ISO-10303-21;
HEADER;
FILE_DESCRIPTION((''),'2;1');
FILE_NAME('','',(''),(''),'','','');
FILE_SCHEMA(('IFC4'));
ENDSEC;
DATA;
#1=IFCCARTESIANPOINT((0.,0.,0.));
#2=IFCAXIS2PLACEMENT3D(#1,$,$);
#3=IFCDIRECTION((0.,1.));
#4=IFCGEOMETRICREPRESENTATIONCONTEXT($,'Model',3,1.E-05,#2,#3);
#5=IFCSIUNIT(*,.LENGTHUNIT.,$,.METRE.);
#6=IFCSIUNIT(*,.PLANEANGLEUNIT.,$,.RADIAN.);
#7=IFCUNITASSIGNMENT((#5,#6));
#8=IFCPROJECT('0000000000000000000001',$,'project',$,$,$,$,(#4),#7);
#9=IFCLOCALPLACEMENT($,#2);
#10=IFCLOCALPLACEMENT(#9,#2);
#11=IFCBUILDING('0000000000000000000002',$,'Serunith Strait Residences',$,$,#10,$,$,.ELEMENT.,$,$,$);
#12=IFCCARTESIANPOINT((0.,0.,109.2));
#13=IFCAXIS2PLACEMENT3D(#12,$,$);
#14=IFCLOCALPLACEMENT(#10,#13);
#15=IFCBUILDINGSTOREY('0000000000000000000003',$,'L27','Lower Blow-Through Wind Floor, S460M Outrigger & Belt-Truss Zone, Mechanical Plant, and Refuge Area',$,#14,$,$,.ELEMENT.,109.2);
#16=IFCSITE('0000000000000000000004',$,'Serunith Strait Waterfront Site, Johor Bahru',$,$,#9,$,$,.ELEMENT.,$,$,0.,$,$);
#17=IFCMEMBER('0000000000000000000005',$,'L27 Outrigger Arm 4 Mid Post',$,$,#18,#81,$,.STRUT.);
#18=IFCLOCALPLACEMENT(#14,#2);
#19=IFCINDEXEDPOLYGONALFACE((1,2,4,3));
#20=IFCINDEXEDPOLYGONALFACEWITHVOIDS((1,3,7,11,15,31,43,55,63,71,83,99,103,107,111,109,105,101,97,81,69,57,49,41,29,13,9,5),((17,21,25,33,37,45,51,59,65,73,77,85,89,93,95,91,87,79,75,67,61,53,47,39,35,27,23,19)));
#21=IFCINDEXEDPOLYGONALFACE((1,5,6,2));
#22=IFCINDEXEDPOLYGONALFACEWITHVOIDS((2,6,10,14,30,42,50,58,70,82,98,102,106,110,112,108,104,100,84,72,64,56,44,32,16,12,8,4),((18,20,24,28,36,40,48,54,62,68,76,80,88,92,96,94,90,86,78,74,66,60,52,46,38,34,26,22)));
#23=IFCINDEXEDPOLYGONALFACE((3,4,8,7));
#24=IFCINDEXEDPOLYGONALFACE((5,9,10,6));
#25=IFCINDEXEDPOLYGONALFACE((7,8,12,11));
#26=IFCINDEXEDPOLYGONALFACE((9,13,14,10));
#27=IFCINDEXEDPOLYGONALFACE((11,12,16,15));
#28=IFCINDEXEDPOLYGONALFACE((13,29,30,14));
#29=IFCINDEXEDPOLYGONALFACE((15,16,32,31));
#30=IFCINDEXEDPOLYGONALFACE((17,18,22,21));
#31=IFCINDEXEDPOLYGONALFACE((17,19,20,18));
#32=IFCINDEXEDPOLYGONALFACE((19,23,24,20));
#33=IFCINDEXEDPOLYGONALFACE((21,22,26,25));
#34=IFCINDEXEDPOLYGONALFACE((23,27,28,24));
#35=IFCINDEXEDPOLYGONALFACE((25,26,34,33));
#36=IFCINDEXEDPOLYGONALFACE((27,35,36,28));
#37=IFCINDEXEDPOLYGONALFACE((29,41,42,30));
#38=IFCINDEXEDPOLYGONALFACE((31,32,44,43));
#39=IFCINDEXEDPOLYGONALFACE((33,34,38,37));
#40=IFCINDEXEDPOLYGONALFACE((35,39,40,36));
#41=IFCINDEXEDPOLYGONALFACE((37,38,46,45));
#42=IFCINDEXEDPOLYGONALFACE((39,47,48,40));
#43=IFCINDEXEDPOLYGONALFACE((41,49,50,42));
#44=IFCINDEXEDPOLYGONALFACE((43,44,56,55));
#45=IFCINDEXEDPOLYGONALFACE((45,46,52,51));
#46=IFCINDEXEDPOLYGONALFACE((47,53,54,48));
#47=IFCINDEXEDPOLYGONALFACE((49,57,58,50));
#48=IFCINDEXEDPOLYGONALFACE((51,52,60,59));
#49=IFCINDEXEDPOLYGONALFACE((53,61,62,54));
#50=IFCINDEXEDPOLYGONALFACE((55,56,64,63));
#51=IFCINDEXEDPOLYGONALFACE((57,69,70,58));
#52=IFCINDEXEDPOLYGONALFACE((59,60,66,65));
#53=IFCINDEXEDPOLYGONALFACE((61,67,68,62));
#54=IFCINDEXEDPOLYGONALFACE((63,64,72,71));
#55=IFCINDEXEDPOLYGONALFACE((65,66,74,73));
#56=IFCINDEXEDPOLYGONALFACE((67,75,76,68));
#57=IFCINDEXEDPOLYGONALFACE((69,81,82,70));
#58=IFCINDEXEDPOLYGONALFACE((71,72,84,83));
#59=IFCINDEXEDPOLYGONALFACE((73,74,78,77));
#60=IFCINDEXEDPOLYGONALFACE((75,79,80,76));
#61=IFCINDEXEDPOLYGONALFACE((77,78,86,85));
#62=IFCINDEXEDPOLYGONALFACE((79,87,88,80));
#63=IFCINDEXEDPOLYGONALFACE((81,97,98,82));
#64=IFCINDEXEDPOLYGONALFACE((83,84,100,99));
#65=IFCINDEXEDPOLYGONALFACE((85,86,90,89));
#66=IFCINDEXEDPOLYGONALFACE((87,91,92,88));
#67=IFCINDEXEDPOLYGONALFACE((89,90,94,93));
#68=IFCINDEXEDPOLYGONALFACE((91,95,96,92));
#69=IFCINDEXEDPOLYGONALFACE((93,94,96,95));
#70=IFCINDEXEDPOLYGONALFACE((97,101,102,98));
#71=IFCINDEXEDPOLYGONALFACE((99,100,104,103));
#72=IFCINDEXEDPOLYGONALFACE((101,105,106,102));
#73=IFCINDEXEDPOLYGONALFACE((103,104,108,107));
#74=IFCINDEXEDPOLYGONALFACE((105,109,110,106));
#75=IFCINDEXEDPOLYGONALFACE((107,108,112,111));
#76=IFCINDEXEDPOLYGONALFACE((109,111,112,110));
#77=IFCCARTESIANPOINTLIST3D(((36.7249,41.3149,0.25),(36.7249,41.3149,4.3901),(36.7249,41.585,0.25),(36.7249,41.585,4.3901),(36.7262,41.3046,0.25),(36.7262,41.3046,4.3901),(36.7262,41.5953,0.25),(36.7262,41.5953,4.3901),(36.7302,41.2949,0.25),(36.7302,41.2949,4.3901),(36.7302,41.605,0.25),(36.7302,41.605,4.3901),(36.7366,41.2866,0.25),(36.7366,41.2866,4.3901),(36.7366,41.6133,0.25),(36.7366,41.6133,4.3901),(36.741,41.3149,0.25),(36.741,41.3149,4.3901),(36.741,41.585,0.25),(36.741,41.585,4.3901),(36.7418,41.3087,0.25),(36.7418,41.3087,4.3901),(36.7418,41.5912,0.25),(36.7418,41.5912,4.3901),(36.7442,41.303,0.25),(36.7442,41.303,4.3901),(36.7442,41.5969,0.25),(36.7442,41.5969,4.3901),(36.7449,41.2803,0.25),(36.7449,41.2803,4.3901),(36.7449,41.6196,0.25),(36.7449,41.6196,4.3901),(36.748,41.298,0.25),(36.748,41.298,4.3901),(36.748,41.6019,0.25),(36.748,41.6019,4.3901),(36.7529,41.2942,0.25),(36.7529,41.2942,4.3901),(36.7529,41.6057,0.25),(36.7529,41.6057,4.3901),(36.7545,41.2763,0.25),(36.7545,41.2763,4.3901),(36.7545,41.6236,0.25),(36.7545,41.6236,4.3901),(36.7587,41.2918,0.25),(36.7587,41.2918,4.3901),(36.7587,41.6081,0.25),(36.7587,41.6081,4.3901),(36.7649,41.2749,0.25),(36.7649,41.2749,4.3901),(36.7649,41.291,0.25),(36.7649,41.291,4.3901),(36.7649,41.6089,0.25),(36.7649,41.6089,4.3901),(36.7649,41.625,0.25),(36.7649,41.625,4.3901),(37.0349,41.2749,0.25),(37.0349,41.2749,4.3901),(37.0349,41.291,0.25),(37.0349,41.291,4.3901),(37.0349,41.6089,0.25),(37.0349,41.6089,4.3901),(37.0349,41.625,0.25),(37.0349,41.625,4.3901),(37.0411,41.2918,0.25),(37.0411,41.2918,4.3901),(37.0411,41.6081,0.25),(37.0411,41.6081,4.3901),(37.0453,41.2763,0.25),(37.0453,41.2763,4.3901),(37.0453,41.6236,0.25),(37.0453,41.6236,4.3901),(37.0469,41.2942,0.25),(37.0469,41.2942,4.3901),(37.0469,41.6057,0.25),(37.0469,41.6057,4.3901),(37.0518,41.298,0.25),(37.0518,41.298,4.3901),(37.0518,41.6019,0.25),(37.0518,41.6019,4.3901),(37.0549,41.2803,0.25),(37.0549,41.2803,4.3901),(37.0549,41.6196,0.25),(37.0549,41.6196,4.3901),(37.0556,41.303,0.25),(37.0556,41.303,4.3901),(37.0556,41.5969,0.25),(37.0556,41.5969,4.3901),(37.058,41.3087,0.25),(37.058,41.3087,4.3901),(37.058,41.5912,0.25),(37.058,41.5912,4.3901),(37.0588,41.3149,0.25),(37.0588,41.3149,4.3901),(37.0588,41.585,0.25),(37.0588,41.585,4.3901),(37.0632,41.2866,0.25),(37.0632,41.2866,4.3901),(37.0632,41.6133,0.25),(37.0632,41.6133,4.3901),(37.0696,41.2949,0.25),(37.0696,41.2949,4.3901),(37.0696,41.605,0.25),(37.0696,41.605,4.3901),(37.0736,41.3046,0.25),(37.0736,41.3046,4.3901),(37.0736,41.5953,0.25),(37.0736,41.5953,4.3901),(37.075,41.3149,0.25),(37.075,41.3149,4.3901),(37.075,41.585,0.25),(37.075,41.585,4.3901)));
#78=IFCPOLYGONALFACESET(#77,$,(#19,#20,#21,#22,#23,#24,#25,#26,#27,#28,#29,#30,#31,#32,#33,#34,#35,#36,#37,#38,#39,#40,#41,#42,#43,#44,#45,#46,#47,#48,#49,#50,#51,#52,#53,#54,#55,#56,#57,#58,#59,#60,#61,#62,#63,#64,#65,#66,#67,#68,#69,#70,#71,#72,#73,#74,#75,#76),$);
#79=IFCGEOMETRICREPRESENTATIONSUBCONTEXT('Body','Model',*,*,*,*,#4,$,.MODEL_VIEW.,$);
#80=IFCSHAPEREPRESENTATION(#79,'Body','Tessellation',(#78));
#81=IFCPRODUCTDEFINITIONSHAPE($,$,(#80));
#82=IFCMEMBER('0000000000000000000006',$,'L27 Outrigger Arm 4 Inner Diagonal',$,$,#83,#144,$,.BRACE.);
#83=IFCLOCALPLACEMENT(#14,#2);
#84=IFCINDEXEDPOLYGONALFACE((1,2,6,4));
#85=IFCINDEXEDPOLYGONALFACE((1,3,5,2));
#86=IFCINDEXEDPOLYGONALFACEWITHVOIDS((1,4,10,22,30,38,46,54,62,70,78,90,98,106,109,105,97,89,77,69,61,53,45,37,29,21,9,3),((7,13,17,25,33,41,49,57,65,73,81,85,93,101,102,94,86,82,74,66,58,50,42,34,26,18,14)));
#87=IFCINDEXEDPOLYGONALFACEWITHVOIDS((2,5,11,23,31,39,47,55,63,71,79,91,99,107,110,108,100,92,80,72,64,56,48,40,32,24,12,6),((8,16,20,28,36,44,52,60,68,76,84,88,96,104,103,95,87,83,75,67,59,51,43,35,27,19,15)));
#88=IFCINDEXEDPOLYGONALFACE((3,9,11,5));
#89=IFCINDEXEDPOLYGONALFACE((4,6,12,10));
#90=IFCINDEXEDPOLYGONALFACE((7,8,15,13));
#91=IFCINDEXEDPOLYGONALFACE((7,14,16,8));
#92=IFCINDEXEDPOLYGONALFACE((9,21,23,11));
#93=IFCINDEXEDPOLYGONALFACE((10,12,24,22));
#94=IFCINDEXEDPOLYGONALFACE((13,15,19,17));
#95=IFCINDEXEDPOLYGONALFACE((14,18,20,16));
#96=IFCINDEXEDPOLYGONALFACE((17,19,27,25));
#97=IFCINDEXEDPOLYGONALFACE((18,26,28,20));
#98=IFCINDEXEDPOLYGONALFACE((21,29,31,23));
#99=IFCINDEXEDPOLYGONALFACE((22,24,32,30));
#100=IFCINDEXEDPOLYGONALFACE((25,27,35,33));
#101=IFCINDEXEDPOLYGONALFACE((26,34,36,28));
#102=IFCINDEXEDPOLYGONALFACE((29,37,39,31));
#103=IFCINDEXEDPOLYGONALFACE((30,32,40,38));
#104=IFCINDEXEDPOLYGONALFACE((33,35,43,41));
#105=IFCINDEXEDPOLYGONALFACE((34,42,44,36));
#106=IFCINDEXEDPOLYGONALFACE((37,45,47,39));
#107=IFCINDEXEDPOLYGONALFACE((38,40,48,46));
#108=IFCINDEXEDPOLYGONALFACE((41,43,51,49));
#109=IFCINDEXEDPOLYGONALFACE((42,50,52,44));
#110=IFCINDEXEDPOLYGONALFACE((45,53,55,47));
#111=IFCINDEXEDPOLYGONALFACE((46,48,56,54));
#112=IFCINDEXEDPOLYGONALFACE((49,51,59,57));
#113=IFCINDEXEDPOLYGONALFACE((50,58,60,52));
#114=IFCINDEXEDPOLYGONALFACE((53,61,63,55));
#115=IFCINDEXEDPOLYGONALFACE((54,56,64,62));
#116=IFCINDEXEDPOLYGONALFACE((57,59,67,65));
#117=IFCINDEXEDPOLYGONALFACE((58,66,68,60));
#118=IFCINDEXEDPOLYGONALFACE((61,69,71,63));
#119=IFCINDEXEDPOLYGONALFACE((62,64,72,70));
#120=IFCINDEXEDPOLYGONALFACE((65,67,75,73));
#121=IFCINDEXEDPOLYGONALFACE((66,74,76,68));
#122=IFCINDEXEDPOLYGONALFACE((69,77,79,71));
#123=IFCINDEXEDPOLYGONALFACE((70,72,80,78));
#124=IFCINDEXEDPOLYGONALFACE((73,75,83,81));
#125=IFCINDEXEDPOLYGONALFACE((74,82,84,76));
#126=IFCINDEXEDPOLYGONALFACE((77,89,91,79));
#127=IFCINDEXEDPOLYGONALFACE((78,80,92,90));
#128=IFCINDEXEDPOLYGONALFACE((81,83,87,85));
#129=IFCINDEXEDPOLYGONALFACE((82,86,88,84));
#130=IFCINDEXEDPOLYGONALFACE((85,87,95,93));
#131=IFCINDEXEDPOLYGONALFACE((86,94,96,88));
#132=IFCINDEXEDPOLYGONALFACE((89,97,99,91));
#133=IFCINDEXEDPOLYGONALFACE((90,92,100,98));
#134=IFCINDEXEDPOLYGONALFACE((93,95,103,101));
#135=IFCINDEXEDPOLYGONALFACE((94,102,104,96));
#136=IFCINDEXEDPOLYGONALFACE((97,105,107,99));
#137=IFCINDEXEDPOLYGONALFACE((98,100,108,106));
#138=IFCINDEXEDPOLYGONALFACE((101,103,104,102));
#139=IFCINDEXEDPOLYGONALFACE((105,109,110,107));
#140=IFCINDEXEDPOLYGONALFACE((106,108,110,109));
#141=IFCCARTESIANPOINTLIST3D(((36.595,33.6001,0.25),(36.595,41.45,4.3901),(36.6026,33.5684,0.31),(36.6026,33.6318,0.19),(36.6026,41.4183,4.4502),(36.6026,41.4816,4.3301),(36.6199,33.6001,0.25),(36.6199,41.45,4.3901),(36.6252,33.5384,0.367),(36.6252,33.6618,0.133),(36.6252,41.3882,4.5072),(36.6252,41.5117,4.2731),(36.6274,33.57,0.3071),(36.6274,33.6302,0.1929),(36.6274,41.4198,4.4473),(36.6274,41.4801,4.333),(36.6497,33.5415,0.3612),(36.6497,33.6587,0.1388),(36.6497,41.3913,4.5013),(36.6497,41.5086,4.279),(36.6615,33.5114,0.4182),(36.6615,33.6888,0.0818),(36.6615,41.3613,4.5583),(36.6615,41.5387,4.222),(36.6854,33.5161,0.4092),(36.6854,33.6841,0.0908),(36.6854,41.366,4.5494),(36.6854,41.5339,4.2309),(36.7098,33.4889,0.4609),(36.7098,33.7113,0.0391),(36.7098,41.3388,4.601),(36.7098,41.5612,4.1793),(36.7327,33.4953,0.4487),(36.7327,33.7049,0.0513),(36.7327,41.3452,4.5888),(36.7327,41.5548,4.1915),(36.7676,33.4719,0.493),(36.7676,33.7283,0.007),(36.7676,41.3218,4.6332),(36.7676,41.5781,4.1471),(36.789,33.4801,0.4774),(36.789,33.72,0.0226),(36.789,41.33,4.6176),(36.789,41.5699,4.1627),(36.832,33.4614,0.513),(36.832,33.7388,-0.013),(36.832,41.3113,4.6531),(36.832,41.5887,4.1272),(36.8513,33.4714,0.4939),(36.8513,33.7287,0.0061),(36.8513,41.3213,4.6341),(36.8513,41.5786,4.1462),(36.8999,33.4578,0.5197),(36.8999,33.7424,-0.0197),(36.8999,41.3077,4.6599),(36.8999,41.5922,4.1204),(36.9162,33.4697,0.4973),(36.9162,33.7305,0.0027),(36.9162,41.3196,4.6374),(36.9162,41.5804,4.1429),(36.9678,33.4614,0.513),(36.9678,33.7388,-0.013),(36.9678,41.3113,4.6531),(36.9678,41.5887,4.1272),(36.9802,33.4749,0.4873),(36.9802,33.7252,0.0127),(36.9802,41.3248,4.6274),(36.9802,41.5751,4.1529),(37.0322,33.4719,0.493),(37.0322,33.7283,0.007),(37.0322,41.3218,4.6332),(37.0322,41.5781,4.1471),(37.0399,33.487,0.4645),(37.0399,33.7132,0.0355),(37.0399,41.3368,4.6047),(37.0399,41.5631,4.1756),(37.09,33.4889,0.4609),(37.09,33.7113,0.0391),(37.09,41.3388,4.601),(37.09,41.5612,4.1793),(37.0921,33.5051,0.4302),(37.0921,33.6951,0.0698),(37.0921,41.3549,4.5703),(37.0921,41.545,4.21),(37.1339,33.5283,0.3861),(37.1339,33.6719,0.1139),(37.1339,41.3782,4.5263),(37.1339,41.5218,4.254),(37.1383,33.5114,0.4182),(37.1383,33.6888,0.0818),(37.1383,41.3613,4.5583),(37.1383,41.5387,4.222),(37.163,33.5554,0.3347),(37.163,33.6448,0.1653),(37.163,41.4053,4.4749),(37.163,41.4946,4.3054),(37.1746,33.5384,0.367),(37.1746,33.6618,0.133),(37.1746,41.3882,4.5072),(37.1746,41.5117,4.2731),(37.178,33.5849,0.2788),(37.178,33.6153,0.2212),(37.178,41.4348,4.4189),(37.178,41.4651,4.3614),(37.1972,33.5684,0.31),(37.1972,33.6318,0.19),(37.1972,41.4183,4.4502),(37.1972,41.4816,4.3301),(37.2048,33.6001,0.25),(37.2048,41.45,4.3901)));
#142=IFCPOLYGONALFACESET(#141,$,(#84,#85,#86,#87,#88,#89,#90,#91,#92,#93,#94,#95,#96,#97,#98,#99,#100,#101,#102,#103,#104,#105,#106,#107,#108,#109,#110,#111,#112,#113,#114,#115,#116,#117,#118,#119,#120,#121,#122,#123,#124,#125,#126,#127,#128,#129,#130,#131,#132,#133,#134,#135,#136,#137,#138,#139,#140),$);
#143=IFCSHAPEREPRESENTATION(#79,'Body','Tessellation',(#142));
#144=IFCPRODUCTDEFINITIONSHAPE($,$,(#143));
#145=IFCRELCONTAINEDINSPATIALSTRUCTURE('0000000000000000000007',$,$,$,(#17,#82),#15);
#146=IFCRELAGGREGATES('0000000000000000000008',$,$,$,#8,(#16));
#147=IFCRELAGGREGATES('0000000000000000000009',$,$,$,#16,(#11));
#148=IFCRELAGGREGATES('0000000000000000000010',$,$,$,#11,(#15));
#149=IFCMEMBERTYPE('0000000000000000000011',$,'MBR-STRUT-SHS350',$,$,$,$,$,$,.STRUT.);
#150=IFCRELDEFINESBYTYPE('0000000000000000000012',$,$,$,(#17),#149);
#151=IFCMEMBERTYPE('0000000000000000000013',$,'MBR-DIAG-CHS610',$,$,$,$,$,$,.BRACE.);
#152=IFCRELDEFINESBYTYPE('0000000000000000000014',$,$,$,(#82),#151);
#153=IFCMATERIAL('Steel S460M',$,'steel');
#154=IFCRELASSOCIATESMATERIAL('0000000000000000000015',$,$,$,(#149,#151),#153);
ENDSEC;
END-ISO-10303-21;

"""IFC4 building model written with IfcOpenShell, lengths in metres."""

from ifc_helpers import new_model, si_unit, direction, frame, origin, origin_2d, place, context, subcontext, project, spatial, hollow_rectangle, hollow_circle, extrude, source, transform, mapped, material, material_profile, profile_set, type_object, element, save


model = new_model("IFC4")

# Units and contexts
model_context = context("Model", 3, precision=1e-05, world=origin(), true_north=direction((0.0, 1.0)))
body_context = subcontext(model_context, "Body", "Model", "MODEL_VIEW")
ifc_project = project(units=[si_unit("LENGTHUNIT", "METRE"), si_unit("PLANEANGLEUNIT", "RADIAN")], contexts=[model_context])

# Site, building, storey
site_placement = place(None, origin())
site = spatial("IfcSite", under=ifc_project, at=site_placement, Name="Serunith Strait Waterfront Site, Johor Bahru", CompositionType="ELEMENT", RefElevation=0.0)
building_placement = place(site_placement, origin())
building = spatial("IfcBuilding", under=site, at=building_placement, Name="Serunith Strait Residences", CompositionType="ELEMENT")
storey_placement = place(building_placement, frame((0.0, 0.0, 109.2)))
storey = spatial("IfcBuildingStorey", under=building, at=storey_placement, Name="L27", Description="Lower Blow-Through Wind Floor, S460M Outrigger & Belt-Truss Zone, Mechanical Plant, and Refuge Area", CompositionType="ELEMENT", Elevation=109.2)

# Members
ifc_material_1 = material(Name="Steel S460M", Category="steel")
ifc_material_profile_1 = material_profile(ifc_material_1, hollow_rectangle(XDim=0.3501, YDim=0.3501, WallThickness=0.0161, InnerFilletRadius=0.0239, OuterFilletRadius=0.04, at=origin_2d()), Name="SHS 350x350x16")
ifc_profile_set_1 = profile_set([ifc_material_profile_1], Name="Steel S460M")
member_type_1 = type_object("IfcMemberType", Name="MBR-STRUT-SHS350", PredefinedType="STRUT", material=ifc_profile_set_1)
shared_shape_1 = source(origin(), body_context, "Body", "SweptSolid", [
    extrude(hollow_rectangle(XDim=0.3501, YDim=0.3501, WallThickness=0.0161, InnerFilletRadius=0.0239, OuterFilletRadius=0.04, at=origin_2d()), origin(), (0.0, 0.0, 1.0), 4.1401),
])
member_1_placement = place(storey_placement, frame((36.8999, 41.45, 0.25), z_axis=(0.0, 0.0, 1.0), x_axis=(1.0, 0.0, 0.0)))
element("IfcMember", 1, at=member_1_placement, inside=storey, type_object=member_type_1, Name="L27 Outrigger Arm 4 Mid Post", PredefinedType="STRUT", context=body_context, shape_type="MappedRepresentation", body=[
    mapped(shared_shape_1, transform((0.0, 0.0, 0.0), scale=1.0)),
])
ifc_material_profile_2 = material_profile(ifc_material_1, hollow_circle(Radius=0.3049, WallThickness=0.0249, at=origin_2d()), Name="CHS 610x25")
ifc_profile_set_2 = profile_set([ifc_material_profile_2], Name="Steel S460M")
member_type_2 = type_object("IfcMemberType", Name="MBR-DIAG-CHS610", PredefinedType="BRACE", material=ifc_profile_set_2)
shared_shape_2 = source(origin(), body_context, "Body", "SweptSolid", [
    extrude(hollow_circle(Radius=0.3049, WallThickness=0.0249, at=origin_2d()), origin(), (0.0, 0.0, 1.0), 8.8748),
])
member_2_placement = place(storey_placement, frame((36.8999, 33.6001, 0.25), z_axis=(0.0, 0.884517, 0.466508), x_axis=(-1.0, 0.0, 0.0)))
element("IfcMember", 2, at=member_2_placement, inside=storey, type_object=member_type_2, Name="L27 Outrigger Arm 4 Inner Diagonal", PredefinedType="BRACE", context=body_context, shape_type="MappedRepresentation", body=[
    mapped(shared_shape_2, transform((0.0, 0.0, 0.0), scale=1.0)),
])

save(model, "model.ifc")
